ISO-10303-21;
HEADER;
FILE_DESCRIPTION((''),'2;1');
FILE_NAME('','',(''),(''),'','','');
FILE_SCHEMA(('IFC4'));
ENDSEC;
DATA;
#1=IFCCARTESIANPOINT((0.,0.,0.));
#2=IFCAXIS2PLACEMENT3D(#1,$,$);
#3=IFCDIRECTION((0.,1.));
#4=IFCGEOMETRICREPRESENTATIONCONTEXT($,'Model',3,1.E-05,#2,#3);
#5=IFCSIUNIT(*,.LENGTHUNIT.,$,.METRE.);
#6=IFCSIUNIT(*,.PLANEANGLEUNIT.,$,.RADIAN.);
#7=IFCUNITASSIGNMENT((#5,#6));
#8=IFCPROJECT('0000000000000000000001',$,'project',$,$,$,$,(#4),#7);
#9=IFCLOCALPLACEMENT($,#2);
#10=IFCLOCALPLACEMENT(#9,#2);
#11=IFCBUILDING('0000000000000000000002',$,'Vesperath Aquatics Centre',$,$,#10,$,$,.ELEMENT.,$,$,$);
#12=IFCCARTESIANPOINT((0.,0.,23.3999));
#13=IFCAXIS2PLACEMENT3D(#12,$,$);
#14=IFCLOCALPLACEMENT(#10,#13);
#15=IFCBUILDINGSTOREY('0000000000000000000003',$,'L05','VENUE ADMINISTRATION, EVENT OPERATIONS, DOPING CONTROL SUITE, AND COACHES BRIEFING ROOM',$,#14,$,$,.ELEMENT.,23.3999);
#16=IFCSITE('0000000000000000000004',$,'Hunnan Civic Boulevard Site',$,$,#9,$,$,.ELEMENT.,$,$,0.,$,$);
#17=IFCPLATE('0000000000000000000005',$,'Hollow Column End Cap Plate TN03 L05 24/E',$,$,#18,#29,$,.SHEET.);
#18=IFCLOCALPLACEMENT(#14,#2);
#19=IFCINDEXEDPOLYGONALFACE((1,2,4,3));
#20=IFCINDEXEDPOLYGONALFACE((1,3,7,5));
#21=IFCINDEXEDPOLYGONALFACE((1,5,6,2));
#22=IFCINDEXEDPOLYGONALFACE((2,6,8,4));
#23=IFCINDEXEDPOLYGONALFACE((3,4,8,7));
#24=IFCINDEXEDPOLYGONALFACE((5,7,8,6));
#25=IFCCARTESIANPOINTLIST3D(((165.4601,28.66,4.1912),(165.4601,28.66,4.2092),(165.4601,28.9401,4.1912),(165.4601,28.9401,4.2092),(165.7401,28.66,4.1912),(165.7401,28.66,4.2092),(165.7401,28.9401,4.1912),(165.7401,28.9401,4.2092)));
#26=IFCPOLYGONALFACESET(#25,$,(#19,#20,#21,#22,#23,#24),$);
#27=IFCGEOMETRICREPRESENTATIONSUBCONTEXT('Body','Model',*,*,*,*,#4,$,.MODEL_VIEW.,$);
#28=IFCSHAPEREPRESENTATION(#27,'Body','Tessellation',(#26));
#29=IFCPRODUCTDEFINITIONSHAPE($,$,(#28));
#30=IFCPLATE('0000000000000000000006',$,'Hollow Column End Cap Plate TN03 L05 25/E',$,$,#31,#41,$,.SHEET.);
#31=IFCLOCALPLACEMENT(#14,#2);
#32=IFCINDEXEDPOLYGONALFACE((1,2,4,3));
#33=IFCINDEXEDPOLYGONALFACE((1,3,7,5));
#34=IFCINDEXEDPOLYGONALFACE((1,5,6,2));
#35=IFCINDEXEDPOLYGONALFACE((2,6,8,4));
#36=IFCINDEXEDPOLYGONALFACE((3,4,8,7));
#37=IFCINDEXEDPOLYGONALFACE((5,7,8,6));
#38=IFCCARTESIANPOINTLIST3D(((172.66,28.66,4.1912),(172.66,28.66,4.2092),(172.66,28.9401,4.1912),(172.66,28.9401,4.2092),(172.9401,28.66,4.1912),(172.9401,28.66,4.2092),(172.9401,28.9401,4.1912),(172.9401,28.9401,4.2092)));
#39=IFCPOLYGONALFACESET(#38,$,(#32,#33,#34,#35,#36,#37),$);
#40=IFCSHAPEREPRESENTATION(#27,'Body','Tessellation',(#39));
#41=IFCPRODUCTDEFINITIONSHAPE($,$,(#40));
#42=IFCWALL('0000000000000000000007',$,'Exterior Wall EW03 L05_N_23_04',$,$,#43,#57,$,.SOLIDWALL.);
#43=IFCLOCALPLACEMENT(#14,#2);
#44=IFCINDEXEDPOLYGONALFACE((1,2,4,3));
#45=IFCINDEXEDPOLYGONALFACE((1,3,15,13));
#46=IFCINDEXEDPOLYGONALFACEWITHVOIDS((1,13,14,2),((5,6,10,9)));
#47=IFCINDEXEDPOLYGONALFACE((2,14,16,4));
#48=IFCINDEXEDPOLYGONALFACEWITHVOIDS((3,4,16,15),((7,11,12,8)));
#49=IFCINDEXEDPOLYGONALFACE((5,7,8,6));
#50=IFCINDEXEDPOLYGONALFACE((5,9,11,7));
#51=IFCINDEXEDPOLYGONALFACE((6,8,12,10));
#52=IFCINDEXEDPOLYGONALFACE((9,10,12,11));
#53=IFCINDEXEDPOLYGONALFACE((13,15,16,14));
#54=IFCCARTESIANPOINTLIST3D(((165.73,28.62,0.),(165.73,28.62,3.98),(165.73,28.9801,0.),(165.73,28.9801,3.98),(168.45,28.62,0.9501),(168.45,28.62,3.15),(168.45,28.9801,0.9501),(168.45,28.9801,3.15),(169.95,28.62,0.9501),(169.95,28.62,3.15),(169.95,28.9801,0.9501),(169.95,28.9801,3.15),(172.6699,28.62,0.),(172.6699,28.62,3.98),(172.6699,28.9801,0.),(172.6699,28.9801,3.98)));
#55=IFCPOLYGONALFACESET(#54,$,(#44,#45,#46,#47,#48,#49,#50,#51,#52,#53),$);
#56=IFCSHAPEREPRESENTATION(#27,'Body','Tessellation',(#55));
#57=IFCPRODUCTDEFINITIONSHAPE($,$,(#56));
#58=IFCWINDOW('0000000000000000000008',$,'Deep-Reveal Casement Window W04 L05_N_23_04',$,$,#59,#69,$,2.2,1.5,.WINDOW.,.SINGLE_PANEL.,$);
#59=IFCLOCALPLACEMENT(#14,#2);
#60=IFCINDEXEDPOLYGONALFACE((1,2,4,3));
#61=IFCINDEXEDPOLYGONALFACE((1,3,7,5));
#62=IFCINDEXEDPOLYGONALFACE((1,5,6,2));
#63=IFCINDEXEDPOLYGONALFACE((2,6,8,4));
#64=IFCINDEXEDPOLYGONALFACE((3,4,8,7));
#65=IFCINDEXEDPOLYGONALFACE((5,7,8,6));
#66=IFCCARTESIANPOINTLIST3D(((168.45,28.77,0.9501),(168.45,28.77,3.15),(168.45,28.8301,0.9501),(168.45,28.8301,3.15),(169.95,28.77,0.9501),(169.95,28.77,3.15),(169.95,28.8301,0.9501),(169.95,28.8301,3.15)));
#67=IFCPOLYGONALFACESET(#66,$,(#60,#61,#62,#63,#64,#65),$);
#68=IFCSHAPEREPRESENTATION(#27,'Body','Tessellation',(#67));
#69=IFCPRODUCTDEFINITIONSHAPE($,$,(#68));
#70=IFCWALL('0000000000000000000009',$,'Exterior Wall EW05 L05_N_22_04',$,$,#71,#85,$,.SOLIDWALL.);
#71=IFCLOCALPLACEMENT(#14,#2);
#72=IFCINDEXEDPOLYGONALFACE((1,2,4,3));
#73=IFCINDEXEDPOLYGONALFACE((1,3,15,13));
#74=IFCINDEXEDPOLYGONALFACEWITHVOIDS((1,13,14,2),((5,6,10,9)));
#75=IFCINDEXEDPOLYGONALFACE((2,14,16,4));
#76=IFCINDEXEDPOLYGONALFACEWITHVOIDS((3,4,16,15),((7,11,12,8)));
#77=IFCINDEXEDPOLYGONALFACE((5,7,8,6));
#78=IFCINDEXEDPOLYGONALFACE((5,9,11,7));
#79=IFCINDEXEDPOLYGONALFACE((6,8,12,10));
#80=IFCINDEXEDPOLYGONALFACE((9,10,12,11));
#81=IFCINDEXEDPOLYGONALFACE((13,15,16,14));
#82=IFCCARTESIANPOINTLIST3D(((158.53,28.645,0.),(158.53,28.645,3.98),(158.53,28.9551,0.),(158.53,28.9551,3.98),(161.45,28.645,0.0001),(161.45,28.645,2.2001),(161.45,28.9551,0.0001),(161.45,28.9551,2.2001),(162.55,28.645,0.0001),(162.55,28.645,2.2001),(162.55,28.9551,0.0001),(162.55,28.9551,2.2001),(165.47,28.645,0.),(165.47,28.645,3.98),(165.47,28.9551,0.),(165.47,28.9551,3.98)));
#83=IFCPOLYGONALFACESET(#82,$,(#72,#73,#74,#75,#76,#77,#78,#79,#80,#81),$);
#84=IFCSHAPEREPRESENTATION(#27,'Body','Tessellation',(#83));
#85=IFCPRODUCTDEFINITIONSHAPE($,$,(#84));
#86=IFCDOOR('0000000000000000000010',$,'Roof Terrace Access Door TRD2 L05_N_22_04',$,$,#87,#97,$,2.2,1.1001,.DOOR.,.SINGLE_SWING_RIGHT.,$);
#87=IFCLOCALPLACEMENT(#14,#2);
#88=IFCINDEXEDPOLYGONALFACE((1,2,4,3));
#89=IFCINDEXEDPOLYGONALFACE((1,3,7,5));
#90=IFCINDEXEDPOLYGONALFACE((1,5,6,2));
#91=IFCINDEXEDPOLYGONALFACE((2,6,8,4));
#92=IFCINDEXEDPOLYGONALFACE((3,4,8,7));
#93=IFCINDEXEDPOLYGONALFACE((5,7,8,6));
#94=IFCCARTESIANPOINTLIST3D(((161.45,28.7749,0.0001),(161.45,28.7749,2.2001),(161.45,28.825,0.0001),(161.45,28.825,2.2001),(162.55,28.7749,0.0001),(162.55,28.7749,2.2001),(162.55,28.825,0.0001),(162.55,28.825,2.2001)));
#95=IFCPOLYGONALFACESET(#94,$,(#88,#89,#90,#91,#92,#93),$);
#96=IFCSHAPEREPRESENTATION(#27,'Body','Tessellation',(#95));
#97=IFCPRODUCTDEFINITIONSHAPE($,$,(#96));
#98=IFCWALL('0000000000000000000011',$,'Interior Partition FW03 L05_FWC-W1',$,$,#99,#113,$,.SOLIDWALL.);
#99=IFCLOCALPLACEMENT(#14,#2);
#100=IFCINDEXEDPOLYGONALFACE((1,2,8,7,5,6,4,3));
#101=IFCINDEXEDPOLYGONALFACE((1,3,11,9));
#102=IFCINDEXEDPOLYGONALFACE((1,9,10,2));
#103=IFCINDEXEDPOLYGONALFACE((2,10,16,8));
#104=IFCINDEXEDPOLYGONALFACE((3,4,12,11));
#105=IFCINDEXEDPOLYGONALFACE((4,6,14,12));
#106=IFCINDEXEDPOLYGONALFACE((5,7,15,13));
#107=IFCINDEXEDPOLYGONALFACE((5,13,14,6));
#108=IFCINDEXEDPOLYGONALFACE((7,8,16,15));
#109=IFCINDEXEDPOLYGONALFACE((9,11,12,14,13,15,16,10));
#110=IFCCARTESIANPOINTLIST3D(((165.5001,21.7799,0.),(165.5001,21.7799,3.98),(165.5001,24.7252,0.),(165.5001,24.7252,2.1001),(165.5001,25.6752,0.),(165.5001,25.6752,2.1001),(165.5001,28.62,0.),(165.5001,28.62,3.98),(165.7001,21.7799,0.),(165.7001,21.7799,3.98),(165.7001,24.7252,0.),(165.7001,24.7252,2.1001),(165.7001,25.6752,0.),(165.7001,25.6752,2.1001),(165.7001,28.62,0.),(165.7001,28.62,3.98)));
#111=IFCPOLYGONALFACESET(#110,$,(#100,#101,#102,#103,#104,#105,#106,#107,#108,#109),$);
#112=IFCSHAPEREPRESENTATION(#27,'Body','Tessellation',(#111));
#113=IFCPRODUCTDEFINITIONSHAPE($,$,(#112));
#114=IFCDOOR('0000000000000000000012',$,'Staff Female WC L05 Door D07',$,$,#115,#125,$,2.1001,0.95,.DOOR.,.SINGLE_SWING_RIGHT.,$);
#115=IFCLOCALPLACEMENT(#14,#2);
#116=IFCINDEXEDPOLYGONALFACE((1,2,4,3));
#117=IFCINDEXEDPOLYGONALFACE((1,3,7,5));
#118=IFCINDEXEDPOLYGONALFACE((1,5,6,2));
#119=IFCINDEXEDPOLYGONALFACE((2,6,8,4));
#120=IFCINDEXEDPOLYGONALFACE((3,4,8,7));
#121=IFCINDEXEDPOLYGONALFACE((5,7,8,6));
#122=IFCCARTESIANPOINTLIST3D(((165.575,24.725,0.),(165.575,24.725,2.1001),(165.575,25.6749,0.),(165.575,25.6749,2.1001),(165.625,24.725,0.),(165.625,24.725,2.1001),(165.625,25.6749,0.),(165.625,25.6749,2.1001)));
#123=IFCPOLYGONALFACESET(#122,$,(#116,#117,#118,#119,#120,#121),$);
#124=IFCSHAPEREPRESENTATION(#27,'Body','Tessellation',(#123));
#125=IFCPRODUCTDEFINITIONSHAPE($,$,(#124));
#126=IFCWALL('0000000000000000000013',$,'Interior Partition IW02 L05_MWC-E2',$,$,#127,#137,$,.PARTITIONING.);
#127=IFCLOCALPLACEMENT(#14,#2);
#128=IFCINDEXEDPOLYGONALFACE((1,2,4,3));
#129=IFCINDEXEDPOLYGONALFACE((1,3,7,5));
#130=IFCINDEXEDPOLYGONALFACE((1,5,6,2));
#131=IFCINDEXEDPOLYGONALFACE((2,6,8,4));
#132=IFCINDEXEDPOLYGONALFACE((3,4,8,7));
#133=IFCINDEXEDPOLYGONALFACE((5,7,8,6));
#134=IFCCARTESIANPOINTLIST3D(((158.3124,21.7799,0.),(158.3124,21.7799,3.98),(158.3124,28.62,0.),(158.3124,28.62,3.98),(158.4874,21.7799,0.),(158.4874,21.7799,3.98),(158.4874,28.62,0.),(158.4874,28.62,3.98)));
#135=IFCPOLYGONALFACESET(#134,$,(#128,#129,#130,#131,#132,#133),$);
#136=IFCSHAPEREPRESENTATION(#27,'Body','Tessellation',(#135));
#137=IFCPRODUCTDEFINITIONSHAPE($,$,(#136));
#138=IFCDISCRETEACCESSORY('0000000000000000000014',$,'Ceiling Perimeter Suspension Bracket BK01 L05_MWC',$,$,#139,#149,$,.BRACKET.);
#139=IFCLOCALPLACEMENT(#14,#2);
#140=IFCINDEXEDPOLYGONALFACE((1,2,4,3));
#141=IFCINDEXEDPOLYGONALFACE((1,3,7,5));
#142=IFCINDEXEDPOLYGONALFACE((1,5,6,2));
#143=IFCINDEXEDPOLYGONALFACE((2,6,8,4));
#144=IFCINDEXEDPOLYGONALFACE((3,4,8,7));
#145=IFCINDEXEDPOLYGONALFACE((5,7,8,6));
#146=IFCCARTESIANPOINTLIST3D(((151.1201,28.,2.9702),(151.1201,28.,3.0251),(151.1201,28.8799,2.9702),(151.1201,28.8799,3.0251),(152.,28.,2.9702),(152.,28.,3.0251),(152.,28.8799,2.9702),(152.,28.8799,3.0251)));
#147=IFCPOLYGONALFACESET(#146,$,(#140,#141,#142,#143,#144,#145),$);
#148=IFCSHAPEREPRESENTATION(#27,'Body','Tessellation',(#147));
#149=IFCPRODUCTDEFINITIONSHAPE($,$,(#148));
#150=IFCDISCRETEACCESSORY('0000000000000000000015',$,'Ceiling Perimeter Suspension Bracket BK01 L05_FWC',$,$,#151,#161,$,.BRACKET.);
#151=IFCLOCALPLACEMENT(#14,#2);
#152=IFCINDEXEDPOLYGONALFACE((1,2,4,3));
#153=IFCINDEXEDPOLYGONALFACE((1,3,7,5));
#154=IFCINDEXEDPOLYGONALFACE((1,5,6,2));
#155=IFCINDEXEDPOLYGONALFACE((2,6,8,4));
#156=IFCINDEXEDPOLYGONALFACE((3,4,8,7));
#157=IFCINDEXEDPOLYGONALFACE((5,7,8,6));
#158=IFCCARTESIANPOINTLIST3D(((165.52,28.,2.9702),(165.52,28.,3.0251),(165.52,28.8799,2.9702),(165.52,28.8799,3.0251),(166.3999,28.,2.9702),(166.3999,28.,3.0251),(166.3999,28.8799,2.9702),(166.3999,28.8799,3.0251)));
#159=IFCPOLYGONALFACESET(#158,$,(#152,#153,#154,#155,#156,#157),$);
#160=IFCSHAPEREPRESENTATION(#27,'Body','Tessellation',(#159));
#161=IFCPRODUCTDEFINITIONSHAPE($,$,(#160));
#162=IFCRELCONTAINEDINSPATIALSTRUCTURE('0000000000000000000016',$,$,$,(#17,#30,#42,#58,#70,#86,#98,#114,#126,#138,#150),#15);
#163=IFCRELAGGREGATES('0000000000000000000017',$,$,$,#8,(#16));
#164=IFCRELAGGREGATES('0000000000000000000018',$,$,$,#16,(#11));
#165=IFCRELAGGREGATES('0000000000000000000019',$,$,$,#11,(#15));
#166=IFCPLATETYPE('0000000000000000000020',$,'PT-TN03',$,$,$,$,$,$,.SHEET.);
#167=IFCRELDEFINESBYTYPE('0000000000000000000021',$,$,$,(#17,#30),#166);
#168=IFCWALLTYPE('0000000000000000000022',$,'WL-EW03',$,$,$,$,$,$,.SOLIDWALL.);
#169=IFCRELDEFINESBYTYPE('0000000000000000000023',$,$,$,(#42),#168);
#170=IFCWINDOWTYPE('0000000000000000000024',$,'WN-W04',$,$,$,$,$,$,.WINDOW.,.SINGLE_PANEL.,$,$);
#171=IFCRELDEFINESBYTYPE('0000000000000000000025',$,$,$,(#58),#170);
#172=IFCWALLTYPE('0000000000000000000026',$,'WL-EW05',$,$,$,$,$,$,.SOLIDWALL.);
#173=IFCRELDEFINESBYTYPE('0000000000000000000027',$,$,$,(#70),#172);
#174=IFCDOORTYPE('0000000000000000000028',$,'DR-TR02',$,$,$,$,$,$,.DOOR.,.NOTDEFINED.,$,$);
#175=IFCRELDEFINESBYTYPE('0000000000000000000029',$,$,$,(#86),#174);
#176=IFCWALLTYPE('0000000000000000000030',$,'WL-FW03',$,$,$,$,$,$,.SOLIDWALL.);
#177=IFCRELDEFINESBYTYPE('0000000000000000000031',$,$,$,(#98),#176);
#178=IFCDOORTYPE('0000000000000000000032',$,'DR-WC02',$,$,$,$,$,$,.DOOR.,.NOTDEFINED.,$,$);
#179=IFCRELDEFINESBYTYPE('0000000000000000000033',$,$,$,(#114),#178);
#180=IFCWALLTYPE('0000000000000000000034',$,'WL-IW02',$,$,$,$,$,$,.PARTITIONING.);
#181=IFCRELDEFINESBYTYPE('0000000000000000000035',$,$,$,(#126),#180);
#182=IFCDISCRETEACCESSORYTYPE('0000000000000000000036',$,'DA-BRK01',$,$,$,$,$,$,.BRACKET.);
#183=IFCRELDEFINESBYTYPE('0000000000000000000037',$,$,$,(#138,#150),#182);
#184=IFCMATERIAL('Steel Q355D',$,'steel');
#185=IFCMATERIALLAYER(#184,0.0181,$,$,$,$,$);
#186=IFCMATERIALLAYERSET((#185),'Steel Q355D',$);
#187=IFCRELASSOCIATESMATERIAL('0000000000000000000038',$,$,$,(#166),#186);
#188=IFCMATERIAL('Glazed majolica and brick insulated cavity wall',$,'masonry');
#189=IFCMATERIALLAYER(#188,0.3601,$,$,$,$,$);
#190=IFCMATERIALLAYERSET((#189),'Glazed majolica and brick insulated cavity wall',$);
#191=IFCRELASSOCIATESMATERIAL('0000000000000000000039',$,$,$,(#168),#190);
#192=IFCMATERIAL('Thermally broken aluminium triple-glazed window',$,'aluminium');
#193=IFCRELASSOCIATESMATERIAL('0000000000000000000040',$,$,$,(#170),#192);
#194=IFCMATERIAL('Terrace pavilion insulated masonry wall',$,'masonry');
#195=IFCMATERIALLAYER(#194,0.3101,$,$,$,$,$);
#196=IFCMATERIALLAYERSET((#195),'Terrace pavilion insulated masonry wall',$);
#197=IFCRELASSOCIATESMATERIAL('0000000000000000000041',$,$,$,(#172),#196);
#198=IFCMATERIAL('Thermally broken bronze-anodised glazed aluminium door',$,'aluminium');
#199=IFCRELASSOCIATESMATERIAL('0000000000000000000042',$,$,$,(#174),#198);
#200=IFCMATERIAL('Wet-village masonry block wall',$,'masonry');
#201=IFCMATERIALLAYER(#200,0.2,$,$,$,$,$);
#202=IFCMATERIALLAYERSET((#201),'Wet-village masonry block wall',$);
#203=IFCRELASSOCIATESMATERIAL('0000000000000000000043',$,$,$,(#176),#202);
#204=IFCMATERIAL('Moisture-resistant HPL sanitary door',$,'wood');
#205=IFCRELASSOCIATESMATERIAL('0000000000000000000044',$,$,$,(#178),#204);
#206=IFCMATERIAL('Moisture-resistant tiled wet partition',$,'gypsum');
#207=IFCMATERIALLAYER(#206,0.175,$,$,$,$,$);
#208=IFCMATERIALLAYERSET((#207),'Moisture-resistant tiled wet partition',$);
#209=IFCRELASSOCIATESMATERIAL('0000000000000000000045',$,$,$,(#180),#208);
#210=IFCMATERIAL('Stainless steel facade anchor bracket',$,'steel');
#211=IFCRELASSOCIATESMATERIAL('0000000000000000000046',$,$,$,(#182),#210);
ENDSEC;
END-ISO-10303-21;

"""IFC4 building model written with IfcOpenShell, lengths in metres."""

from ifc_helpers import new_model, si_unit, direction, frame, frame_2d, origin, origin_2d, place, context, subcontext, project, spatial, rectangle, extrude, material, layer, layer_set, type_object, element, fill, save


model = new_model("IFC4")

# Units and contexts
model_context = context("Model", 3, precision=1e-05, world=origin(), true_north=direction((0.0, 1.0)))
body_context = subcontext(model_context, "Body", "Model", "MODEL_VIEW")
ifc_project = project(units=[si_unit("LENGTHUNIT", "METRE"), si_unit("PLANEANGLEUNIT", "RADIAN")], contexts=[model_context])

# Site, building, storey
site_placement = place(None, origin())
site = spatial("IfcSite", under=ifc_project, at=site_placement, Name="Hunnan Civic Boulevard Site", CompositionType="ELEMENT", RefElevation=0.0)
building_placement = place(site_placement, origin())
building = spatial("IfcBuilding", under=site, at=building_placement, Name="Vesperath Aquatics Centre", CompositionType="ELEMENT")
storey_placement = place(building_placement, frame((0.0, 0.0, 23.3999)))
storey = spatial("IfcBuildingStorey", under=building, at=storey_placement, Name="L05", Description="VENUE ADMINISTRATION, EVENT OPERATIONS, DOPING CONTROL SUITE, AND COACHES BRIEFING ROOM", CompositionType="ELEMENT", Elevation=23.3999)

# Plates
ifc_material_1 = material(Name="Steel Q355D", Category="steel")
ifc_layer_1 = layer(ifc_material_1, 0.0181)
ifc_layer_set_1 = layer_set([ifc_layer_1], Name="Steel Q355D")
plate_type = type_object("IfcPlateType", Name="PT-TN03", PredefinedType="SHEET", material=ifc_layer_set_1)
for number, where, z_axis, x_axis, name in (
    (1, (165.6001, 28.8, 4.1912), (0.0, 0.0, 1.0), (1.0, 0.0, 0.0), "Hollow Column End Cap Plate TN03 L05 24/E"),
    (2, (172.8, 28.8, 4.1912), (0.0, 0.0, 1.0), (1.0, 0.0, 0.0), "Hollow Column End Cap Plate TN03 L05 25/E"),
):
    element("IfcPlate", number, at=place(storey_placement, frame(where, z_axis=z_axis, x_axis=x_axis)), inside=storey, type_object=plate_type, Name=name, PredefinedType="SHEET", context=body_context, shape_type="SweptSolid", body=[
        extrude(rectangle(XDim=0.28, YDim=0.28, at=origin_2d()), origin(), (0.0, 0.0, 1.0), 0.0181),
    ])

# Wall, opening, window
ifc_material_2 = material(Name="Glazed majolica and brick insulated cavity wall", Category="masonry")
ifc_layer_2 = layer(ifc_material_2, 0.3601)
ifc_layer_set_2 = layer_set([ifc_layer_2], Name="Glazed majolica and brick insulated cavity wall")
wall_type_1 = type_object("IfcWallType", Name="WL-EW03", PredefinedType="SOLIDWALL", material=ifc_layer_set_2)
wall_1_placement = place(storey_placement, frame((165.73, 28.8, 0.0), z_axis=(0.0, 0.0, 1.0), x_axis=(1.0, 0.0, 0.0)))
wall_1 = element("IfcWall", 3, at=wall_1_placement, inside=storey, type_object=wall_type_1, Name="Exterior Wall EW03 L05_N_23_04", PredefinedType="SOLIDWALL", context=body_context, shape_type="SweptSolid", body=[
    extrude(rectangle(XDim=6.9399, YDim=0.3601, at=frame_2d((3.47, 0.0))), origin(), (0.0, 0.0, 1.0), 3.98),
])
opening_1_placement = place(wall_1_placement, frame((2.72, 0.0, 0.95)))
opening_1 = element("IfcOpeningElement", 4, at=opening_1_placement, cuts=wall_1, PredefinedType="OPENING", context=body_context, shape_type="SweptSolid", body=[
    extrude(rectangle(XDim=1.5, YDim=2.2, at=frame_2d((0.75, 1.1001))), frame((0.0, 0.1948, 0.0), z_axis=(0.0, -1.0, 0.0), x_axis=(1.0, 0.0, 0.0)), (0.0, 0.0, 1.0), 0.3899),
])
ifc_material_3 = material(Name="Thermally broken aluminium triple-glazed window", Category="aluminium")
window_type = type_object("IfcWindowType", Name="WN-W04", PartitioningType="SINGLE_PANEL", PredefinedType="WINDOW", material=ifc_material_3)
window_placement = place(opening_1_placement, origin())
window = element("IfcWindow", 5, at=window_placement, inside=storey, type_object=window_type, Name="Deep-Reveal Casement Window W04 L05_N_23_04", OverallHeight=2.2, OverallWidth=1.5, PartitioningType="SINGLE_PANEL", PredefinedType="WINDOW", context=body_context, shape_type="SweptSolid", body=[
    extrude(rectangle(XDim=1.5, YDim=2.2, at=frame_2d((0.75, 1.1001))), frame((0.0, 0.03, 0.0), z_axis=(0.0, -1.0, 0.0), x_axis=(1.0, 0.0, 0.0)), (0.0, 0.0, 1.0), 0.0601),
])
fill(opening_1, window)

# Walls, openings, doors
ifc_material_4 = material(Name="Terrace pavilion insulated masonry wall", Category="masonry")
ifc_layer_3 = layer(ifc_material_4, 0.3101)
ifc_layer_set_3 = layer_set([ifc_layer_3], Name="Terrace pavilion insulated masonry wall")
wall_type_2 = type_object("IfcWallType", Name="WL-EW05", PredefinedType="SOLIDWALL", material=ifc_layer_set_3)
wall_2_placement = place(storey_placement, frame((158.53, 28.8, 0.0), z_axis=(0.0, 0.0, 1.0), x_axis=(1.0, 0.0, 0.0)))
wall_2 = element("IfcWall", 6, at=wall_2_placement, inside=storey, type_object=wall_type_2, Name="Exterior Wall EW05 L05_N_22_04", PredefinedType="SOLIDWALL", context=body_context, shape_type="SweptSolid", body=[
    extrude(rectangle(XDim=6.9399, YDim=0.3101, at=frame_2d((3.47, 0.0))), origin(), (0.0, 0.0, 1.0), 3.98),
])
opening_2_placement = place(wall_2_placement, frame((2.9199, 0.0, 0.0)))
opening_2 = element("IfcOpeningElement", 7, at=opening_2_placement, cuts=wall_2, PredefinedType="OPENING", context=body_context, shape_type="SweptSolid", body=[
    extrude(rectangle(XDim=1.1001, YDim=2.2, at=frame_2d((0.55, 1.1001))), frame((0.0, 0.1699, 0.0), z_axis=(0.0, -1.0, 0.0), x_axis=(1.0, 0.0, 0.0)), (0.0, 0.0, 1.0), 0.3398),
])
ifc_material_5 = material(Name="Thermally broken bronze-anodised glazed aluminium door", Category="aluminium")
door_type_1 = type_object("IfcDoorType", Name="DR-TR02", OperationType="NOTDEFINED", PredefinedType="DOOR", material=ifc_material_5)
door_1_placement = place(opening_2_placement, origin())
door_1 = element("IfcDoor", 8, at=door_1_placement, inside=storey, type_object=door_type_1, Name="Roof Terrace Access Door TRD2 L05_N_22_04", OperationType="SINGLE_SWING_RIGHT", OverallHeight=2.2, OverallWidth=1.1001, PredefinedType="DOOR", context=body_context, shape_type="SweptSolid", body=[
    extrude(rectangle(XDim=1.1001, YDim=2.2, at=frame_2d((0.55, 1.1001))), frame((0.0, 0.0249, 0.0), z_axis=(0.0, -1.0, 0.0), x_axis=(1.0, 0.0, 0.0)), (0.0, 0.0, 1.0), 0.05),
])
fill(opening_2, door_1)
ifc_material_6 = material(Name="Wet-village masonry block wall", Category="masonry")
ifc_layer_4 = layer(ifc_material_6, 0.2)
ifc_layer_set_4 = layer_set([ifc_layer_4], Name="Wet-village masonry block wall")
wall_type_3 = type_object("IfcWallType", Name="WL-FW03", PredefinedType="SOLIDWALL", material=ifc_layer_set_4)
wall_3_placement = place(storey_placement, frame((165.6001, 21.78, 0.0), z_axis=(0.0, 0.0, 1.0), x_axis=(0.0, 1.0, 0.0)))
wall_3 = element("IfcWall", 9, at=wall_3_placement, inside=storey, type_object=wall_type_3, Name="Interior Partition FW03 L05_FWC-W1", PredefinedType="SOLIDWALL", context=body_context, shape_type="SweptSolid", body=[
    extrude(rectangle(XDim=6.8401, YDim=0.2, at=frame_2d((3.4199, 0.0))), origin(), (0.0, 0.0, 1.0), 3.98),
])
opening_3_placement = place(wall_3_placement, frame((2.9451, 0.0, 0.0)))
opening_3 = element("IfcOpeningElement", 10, at=opening_3_placement, cuts=wall_3, PredefinedType="OPENING", context=body_context, shape_type="SweptSolid", body=[
    extrude(rectangle(XDim=0.95, YDim=2.1001, at=frame_2d((0.4751, 1.05))), frame((0.0, 0.1147, 0.0), z_axis=(0.0, -1.0, 0.0), x_axis=(1.0, 0.0, 0.0)), (0.0, 0.0, 1.0), 0.2297),
])
ifc_material_7 = material(Name="Moisture-resistant HPL sanitary door", Category="wood")
door_type_2 = type_object("IfcDoorType", Name="DR-WC02", OperationType="NOTDEFINED", PredefinedType="DOOR", material=ifc_material_7)
door_2_placement = place(opening_3_placement, frame((0.95, 0.0, 0.0), z_axis=(0.0, 0.0, 1.0), x_axis=(-1.0, 0.0, 0.0)))
door_2 = element("IfcDoor", 11, at=door_2_placement, inside=storey, type_object=door_type_2, Name="Staff Female WC L05 Door D07", OperationType="SINGLE_SWING_RIGHT", OverallHeight=2.1001, OverallWidth=0.95, PredefinedType="DOOR", context=body_context, shape_type="SweptSolid", body=[
    extrude(rectangle(XDim=0.95, YDim=2.1001, at=frame_2d((0.4751, 1.05))), frame((0.0, 0.0249, 0.0), z_axis=(0.0, -1.0, 0.0), x_axis=(1.0, 0.0, 0.0)), (0.0, 0.0, 1.0), 0.05),
])
fill(opening_3, door_2)

# Wall
ifc_material_8 = material(Name="Moisture-resistant tiled wet partition", Category="gypsum")
ifc_layer_5 = layer(ifc_material_8, 0.175)
ifc_layer_set_5 = layer_set([ifc_layer_5], Name="Moisture-resistant tiled wet partition")
wall_type_4 = type_object("IfcWallType", Name="WL-IW02", PredefinedType="PARTITIONING", material=ifc_layer_set_5)
wall_4_placement = place(storey_placement, frame((158.3999, 21.78, 0.0), z_axis=(0.0, 0.0, 1.0), x_axis=(0.0, 1.0, 0.0)))
element("IfcWall", 12, at=wall_4_placement, inside=storey, type_object=wall_type_4, Name="Interior Partition IW02 L05_MWC-E2", PredefinedType="PARTITIONING", context=body_context, shape_type="SweptSolid", body=[
    extrude(rectangle(XDim=6.8401, YDim=0.175, at=frame_2d((3.4199, 0.0))), origin(), (0.0, 0.0, 1.0), 3.98),
])

# Discrete accessories
ifc_material_9 = material(Name="Stainless steel facade anchor bracket", Category="steel")
discrete_accessory_type = type_object("IfcDiscreteAccessoryType", Name="DA-BRK01", PredefinedType="BRACKET", material=ifc_material_9)
for number, where, z_axis, x_axis, name in (
    (13, (151.5601, 28.4399, 2.9702), (0.0, 0.0, 1.0), (1.0, 0.0, 0.0), "Ceiling Perimeter Suspension Bracket BK01 L05_MWC"),
    (14, (165.96, 28.4399, 2.9702), (0.0, 0.0, 1.0), (1.0, 0.0, 0.0), "Ceiling Perimeter Suspension Bracket BK01 L05_FWC"),
):
    element("IfcDiscreteAccessory", number, at=place(storey_placement, frame(where, z_axis=z_axis, x_axis=x_axis)), inside=storey, type_object=discrete_accessory_type, Name=name, PredefinedType="BRACKET", context=body_context, shape_type="SweptSolid", body=[
        extrude(rectangle(XDim=0.8799, YDim=0.8799, at=origin_2d()), origin(), (0.0, 0.0, 1.0), 0.0549),
    ])

save(model, "model.ifc")
